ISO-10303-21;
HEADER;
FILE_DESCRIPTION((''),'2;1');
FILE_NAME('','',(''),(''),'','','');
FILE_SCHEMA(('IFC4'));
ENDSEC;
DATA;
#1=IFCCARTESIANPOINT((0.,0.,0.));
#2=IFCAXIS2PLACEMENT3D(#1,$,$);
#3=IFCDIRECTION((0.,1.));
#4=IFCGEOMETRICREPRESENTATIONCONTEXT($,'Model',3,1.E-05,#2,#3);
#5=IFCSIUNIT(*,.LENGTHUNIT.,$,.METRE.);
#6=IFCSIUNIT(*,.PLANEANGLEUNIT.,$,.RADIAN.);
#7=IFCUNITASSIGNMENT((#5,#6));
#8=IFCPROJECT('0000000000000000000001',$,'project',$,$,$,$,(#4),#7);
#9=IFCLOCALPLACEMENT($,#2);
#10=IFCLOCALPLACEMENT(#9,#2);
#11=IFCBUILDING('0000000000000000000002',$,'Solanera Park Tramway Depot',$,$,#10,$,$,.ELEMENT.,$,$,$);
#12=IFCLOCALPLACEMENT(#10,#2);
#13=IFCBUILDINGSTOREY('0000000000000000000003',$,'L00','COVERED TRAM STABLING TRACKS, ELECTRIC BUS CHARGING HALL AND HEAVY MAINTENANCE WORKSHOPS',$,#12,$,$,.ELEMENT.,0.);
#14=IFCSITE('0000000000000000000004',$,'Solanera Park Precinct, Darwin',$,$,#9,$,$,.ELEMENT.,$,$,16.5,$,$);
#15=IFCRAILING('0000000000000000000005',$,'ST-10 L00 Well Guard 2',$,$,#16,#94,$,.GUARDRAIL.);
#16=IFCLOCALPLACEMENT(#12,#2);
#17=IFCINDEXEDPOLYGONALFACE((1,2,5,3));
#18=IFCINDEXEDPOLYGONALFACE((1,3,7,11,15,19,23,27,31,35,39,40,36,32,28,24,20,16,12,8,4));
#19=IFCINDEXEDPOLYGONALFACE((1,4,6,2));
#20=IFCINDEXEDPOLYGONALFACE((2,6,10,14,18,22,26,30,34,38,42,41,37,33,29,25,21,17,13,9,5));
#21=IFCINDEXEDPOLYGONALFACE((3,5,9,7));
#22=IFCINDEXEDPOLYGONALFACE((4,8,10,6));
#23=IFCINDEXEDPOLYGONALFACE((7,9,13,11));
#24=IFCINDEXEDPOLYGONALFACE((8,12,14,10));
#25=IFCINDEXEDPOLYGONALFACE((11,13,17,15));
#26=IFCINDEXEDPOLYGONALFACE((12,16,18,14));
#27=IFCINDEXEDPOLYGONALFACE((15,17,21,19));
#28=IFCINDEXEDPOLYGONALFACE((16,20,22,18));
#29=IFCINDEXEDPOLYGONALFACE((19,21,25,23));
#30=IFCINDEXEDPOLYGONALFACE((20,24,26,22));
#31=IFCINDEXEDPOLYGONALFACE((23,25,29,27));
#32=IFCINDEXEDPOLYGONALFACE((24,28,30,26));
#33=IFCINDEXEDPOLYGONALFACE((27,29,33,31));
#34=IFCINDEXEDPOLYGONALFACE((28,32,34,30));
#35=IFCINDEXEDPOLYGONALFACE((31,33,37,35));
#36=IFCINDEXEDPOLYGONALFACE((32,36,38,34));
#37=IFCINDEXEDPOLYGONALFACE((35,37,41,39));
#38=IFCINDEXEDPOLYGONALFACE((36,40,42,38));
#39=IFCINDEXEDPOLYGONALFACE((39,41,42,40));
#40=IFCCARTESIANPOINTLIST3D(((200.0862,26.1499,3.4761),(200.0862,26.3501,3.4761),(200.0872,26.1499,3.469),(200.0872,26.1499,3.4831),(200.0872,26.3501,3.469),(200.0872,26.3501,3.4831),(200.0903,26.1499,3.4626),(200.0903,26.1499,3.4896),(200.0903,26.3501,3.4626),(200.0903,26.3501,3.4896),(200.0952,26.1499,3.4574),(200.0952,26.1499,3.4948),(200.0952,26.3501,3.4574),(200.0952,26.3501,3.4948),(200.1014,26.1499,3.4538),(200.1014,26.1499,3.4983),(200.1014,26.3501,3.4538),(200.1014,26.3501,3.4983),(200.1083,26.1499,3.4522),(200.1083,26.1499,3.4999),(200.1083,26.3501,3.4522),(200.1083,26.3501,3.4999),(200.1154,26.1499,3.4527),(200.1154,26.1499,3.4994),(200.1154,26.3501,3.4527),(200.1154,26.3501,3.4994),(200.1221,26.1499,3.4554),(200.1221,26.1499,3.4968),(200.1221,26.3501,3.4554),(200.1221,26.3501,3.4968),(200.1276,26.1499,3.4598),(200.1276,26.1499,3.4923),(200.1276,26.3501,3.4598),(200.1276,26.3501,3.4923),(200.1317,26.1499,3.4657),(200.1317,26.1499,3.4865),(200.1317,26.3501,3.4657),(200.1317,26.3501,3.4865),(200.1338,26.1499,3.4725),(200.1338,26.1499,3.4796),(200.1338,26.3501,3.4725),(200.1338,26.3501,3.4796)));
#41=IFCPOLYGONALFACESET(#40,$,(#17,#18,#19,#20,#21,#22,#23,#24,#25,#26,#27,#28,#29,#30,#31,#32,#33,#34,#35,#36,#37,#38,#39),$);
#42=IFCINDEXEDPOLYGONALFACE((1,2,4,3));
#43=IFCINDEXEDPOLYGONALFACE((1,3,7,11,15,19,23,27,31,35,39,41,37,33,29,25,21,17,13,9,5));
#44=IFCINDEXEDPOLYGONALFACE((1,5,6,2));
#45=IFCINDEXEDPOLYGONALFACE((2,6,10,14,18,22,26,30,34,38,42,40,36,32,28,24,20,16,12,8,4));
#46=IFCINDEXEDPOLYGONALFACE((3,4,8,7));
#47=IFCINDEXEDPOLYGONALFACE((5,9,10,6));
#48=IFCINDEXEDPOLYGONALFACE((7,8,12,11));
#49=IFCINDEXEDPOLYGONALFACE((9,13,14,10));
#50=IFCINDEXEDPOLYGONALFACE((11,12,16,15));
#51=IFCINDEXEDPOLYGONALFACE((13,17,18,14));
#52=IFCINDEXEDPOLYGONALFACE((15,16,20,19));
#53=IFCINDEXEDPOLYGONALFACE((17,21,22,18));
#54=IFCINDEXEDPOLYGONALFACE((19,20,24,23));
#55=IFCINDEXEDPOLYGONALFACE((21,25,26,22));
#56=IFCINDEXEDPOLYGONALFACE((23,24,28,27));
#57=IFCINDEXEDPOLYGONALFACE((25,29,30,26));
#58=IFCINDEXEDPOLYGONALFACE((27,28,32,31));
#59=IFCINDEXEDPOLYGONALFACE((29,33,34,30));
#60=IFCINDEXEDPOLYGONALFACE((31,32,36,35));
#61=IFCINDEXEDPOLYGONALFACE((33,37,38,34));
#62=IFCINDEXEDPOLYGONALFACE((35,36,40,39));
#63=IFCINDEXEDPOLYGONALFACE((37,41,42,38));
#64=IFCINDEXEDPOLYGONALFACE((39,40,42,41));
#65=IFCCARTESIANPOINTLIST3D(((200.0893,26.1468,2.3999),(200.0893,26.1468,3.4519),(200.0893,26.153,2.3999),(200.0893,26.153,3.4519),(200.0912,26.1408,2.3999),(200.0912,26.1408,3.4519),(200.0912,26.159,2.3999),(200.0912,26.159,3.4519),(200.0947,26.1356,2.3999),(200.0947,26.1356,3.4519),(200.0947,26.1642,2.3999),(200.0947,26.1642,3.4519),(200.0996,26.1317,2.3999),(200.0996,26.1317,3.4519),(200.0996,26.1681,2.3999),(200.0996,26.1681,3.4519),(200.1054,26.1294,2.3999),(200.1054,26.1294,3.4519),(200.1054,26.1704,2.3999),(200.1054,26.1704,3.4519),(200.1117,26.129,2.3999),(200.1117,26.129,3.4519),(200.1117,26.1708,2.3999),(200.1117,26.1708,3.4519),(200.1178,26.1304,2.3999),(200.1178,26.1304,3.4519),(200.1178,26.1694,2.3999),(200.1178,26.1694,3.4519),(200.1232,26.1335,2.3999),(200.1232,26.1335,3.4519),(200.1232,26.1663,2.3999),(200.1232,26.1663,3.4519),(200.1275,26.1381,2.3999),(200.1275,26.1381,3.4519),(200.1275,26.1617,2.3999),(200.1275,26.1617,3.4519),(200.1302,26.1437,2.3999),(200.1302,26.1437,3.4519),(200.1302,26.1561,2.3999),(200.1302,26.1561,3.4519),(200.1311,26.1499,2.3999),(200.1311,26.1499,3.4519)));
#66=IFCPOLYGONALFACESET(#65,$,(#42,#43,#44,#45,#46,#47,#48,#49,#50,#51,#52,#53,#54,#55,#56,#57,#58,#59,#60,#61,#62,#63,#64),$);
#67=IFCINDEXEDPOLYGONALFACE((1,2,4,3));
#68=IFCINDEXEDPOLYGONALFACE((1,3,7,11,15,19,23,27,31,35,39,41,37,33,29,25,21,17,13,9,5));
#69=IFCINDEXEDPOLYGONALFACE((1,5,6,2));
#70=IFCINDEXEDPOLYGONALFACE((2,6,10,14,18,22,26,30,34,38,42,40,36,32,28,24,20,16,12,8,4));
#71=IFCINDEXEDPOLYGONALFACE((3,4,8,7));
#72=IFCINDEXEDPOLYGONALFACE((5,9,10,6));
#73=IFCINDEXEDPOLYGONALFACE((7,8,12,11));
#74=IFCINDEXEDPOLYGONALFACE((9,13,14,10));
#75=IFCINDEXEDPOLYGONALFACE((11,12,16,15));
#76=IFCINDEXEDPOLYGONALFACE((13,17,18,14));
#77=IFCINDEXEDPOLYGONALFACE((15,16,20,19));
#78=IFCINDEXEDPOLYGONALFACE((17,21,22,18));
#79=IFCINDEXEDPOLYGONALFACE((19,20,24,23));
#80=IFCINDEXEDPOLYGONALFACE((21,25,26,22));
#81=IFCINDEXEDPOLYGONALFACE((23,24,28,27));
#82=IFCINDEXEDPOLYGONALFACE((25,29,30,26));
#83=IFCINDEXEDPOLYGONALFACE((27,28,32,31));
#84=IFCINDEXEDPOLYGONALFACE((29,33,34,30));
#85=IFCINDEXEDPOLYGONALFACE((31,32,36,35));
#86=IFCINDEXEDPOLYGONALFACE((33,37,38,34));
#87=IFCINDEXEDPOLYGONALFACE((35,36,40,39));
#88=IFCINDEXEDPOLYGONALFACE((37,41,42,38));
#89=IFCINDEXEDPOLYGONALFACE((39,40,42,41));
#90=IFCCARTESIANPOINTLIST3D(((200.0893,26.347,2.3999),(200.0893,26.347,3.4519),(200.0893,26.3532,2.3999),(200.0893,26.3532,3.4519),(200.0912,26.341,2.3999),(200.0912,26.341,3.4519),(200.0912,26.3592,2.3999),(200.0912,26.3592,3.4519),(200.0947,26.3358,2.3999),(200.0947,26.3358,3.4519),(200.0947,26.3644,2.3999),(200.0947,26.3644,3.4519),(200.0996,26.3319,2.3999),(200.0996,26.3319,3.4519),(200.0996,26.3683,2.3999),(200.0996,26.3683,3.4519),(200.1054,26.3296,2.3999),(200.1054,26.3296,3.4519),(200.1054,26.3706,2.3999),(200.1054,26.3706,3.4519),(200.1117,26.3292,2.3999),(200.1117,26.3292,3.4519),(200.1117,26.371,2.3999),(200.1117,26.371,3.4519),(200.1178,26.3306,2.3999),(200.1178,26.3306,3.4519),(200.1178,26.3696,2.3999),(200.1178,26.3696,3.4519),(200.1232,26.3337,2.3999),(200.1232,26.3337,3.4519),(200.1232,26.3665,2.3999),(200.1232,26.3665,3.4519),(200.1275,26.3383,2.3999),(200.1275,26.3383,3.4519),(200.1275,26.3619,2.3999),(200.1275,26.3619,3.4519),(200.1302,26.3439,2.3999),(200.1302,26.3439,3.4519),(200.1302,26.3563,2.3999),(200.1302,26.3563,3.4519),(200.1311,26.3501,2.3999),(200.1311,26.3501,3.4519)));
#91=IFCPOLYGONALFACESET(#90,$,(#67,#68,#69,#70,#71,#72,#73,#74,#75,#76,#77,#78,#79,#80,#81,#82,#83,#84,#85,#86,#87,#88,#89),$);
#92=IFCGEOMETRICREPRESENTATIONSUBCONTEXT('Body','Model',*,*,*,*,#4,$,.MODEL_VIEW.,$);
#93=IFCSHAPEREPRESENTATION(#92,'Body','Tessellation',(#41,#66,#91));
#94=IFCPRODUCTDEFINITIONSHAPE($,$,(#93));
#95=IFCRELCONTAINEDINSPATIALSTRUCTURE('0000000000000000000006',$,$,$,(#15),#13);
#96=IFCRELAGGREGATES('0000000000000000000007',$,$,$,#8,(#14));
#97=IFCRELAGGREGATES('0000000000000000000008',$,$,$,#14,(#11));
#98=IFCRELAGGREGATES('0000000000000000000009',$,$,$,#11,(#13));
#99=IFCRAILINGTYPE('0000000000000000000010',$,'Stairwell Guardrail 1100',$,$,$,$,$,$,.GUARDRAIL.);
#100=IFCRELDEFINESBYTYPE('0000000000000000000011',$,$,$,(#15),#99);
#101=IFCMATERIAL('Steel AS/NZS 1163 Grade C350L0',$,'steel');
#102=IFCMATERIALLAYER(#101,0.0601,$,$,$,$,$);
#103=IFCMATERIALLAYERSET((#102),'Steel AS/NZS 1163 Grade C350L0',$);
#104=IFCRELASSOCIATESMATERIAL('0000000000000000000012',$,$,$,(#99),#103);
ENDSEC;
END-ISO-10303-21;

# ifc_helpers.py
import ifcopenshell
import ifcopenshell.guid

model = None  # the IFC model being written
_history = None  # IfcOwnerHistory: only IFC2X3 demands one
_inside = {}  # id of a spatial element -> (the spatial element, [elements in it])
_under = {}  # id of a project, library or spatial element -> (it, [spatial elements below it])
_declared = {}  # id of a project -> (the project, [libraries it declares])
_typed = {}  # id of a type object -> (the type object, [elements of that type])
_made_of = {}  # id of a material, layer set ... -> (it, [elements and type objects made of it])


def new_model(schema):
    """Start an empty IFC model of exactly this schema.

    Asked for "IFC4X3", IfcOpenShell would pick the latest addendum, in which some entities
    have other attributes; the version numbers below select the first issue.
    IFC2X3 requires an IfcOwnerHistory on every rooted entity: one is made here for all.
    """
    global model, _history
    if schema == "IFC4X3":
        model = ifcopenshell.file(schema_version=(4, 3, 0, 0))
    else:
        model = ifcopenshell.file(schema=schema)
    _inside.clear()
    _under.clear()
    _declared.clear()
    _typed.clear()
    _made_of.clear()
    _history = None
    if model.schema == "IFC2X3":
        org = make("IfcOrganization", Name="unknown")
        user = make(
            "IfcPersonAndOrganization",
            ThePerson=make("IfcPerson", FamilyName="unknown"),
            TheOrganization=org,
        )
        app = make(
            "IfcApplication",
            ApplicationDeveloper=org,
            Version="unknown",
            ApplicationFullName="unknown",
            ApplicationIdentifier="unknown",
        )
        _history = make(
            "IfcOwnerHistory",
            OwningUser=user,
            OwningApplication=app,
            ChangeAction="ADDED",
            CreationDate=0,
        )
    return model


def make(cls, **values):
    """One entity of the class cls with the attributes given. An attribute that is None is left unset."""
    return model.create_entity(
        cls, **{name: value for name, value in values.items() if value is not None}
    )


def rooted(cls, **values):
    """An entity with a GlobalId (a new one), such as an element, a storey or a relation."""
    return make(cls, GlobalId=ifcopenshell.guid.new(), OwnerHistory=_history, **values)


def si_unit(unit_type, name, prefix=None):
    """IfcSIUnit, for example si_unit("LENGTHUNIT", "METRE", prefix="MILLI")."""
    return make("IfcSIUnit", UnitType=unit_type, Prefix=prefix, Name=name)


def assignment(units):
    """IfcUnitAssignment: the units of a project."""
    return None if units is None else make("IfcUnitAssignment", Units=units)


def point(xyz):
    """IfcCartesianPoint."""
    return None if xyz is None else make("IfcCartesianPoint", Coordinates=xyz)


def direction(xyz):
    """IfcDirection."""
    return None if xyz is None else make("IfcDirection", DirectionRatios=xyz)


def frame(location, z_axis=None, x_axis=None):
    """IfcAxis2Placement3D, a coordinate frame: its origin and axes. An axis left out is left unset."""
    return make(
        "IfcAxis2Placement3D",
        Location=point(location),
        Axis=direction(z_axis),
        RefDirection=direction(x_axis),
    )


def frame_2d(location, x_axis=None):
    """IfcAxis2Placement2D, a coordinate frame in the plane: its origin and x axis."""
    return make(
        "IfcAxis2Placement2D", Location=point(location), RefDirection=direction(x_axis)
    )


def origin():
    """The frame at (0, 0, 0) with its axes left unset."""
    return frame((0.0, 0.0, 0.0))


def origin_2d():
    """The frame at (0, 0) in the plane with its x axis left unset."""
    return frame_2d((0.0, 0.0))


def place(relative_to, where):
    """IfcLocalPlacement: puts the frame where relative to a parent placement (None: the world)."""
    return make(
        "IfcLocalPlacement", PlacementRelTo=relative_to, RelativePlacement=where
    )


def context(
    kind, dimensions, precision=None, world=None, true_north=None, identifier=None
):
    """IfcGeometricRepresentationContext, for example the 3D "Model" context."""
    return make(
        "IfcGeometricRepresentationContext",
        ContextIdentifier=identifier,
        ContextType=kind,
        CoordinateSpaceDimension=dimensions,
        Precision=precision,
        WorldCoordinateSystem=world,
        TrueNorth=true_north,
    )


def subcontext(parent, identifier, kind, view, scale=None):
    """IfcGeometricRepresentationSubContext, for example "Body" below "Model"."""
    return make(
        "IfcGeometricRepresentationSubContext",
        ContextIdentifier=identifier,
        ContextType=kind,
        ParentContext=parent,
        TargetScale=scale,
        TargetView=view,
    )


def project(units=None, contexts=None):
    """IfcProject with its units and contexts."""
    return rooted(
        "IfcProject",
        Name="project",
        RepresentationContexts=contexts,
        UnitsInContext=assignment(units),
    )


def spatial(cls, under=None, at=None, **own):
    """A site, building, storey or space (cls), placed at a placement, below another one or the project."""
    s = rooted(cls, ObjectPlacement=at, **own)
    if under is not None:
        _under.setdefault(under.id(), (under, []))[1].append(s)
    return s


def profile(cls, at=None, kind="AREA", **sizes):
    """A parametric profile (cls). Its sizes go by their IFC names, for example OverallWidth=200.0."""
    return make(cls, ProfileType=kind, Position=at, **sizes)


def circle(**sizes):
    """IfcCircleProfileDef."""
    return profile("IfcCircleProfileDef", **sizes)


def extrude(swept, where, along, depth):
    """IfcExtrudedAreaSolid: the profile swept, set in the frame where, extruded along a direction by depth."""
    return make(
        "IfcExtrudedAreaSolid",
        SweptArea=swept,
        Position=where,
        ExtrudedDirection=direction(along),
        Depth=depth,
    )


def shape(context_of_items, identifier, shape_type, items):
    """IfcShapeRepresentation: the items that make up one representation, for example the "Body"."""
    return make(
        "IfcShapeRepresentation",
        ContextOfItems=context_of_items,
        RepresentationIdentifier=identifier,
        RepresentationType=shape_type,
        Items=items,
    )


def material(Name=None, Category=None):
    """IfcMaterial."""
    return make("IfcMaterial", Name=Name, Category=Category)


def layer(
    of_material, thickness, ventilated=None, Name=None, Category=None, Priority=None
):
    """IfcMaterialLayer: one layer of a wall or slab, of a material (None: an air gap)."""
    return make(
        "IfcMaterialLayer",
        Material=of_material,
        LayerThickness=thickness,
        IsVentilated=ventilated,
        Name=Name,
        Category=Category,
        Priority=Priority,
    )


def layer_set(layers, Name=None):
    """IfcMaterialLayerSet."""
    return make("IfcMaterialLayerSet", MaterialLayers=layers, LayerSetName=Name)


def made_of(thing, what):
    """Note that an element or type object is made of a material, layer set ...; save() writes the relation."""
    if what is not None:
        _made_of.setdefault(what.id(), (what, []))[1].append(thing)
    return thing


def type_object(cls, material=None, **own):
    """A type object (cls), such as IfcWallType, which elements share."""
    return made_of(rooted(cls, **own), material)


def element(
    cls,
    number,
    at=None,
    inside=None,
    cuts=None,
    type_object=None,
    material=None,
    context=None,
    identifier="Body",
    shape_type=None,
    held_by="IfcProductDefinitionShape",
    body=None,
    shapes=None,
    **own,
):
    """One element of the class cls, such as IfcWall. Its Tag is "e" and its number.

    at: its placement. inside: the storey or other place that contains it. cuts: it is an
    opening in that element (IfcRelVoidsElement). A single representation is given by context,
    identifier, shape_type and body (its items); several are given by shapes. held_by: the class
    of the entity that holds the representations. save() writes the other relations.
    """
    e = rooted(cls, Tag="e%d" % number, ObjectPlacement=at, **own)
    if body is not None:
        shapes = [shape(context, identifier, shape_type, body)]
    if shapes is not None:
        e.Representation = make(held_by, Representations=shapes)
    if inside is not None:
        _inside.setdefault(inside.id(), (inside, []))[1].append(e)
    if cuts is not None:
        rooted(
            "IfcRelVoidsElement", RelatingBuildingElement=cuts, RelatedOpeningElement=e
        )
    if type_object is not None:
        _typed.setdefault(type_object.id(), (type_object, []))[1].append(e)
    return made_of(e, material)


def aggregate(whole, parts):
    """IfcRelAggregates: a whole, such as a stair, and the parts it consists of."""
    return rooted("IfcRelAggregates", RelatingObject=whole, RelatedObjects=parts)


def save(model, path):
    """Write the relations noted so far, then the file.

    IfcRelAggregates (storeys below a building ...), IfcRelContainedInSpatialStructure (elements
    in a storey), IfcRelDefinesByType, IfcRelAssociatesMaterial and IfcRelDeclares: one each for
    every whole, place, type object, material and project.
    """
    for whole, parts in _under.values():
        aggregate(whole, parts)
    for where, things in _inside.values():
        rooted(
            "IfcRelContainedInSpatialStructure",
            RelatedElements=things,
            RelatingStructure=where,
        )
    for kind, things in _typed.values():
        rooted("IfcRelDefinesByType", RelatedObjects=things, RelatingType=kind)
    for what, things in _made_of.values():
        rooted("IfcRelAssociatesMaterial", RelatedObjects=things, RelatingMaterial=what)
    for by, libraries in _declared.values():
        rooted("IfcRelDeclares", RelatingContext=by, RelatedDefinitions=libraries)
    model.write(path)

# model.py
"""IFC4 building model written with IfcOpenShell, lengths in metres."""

from ifc_helpers import new_model, si_unit, direction, frame, origin, origin_2d, place, context, subcontext, project, spatial, circle, extrude, material, layer, layer_set, type_object, element, save


model = new_model("IFC4")

# Units and contexts
model_context = context("Model", 3, precision=1e-05, world=origin(), true_north=direction((0.0, 1.0)))
body_context = subcontext(model_context, "Body", "Model", "MODEL_VIEW")
ifc_project = project(units=[si_unit("LENGTHUNIT", "METRE"), si_unit("PLANEANGLEUNIT", "RADIAN")], contexts=[model_context])

# Site, building, storey
site_placement = place(None, origin())
site = spatial("IfcSite", under=ifc_project, at=site_placement, Name="Solanera Park Precinct, Darwin", CompositionType="ELEMENT", RefElevation=16.5)
building_placement = place(site_placement, origin())
building = spatial("IfcBuilding", under=site, at=building_placement, Name="Solanera Park Tramway Depot", CompositionType="ELEMENT")
storey_placement = place(building_placement, origin())
storey = spatial("IfcBuildingStorey", under=building, at=storey_placement, Name="L00", Description="COVERED TRAM STABLING TRACKS, ELECTRIC BUS CHARGING HALL AND HEAVY MAINTENANCE WORKSHOPS", CompositionType="ELEMENT", Elevation=0.0)

# Railing
ifc_material_1 = material(Name="Steel AS/NZS 1163 Grade C350L0", Category="steel")
ifc_layer_1 = layer(ifc_material_1, 0.0601)
ifc_layer_set_1 = layer_set([ifc_layer_1], Name="Steel AS/NZS 1163 Grade C350L0")
railing_type_1 = type_object("IfcRailingType", Name="Stairwell Guardrail 1100", PredefinedType="GUARDRAIL", material=ifc_layer_set_1)
railing_1_placement = place(storey_placement, frame((200.1101, 26.1499, 2.3999)))
element("IfcRailing", 1, at=railing_1_placement, inside=storey, type_object=railing_type_1, Name="ST-10 L00 Well Guard 2", PredefinedType="GUARDRAIL", context=body_context, shape_type="SweptSolid", body=[
    extrude(circle(Radius=0.0239, at=origin_2d()), frame((0.0, 0.0, 1.0762), z_axis=(0.0, 1.0, 0.0), x_axis=(-1.0, 0.0, 0.0)), (0.0, 0.0, 1.0), 0.2002),
    extrude(circle(Radius=0.021, at=origin_2d()), origin(), (0.0, 0.0, 1.0), 1.052),
    extrude(circle(Radius=0.021, at=origin_2d()), frame((0.0, 0.2002, 0.0)), (0.0, 0.0, 1.0), 1.052),
])

save(model, "model.ifc")
